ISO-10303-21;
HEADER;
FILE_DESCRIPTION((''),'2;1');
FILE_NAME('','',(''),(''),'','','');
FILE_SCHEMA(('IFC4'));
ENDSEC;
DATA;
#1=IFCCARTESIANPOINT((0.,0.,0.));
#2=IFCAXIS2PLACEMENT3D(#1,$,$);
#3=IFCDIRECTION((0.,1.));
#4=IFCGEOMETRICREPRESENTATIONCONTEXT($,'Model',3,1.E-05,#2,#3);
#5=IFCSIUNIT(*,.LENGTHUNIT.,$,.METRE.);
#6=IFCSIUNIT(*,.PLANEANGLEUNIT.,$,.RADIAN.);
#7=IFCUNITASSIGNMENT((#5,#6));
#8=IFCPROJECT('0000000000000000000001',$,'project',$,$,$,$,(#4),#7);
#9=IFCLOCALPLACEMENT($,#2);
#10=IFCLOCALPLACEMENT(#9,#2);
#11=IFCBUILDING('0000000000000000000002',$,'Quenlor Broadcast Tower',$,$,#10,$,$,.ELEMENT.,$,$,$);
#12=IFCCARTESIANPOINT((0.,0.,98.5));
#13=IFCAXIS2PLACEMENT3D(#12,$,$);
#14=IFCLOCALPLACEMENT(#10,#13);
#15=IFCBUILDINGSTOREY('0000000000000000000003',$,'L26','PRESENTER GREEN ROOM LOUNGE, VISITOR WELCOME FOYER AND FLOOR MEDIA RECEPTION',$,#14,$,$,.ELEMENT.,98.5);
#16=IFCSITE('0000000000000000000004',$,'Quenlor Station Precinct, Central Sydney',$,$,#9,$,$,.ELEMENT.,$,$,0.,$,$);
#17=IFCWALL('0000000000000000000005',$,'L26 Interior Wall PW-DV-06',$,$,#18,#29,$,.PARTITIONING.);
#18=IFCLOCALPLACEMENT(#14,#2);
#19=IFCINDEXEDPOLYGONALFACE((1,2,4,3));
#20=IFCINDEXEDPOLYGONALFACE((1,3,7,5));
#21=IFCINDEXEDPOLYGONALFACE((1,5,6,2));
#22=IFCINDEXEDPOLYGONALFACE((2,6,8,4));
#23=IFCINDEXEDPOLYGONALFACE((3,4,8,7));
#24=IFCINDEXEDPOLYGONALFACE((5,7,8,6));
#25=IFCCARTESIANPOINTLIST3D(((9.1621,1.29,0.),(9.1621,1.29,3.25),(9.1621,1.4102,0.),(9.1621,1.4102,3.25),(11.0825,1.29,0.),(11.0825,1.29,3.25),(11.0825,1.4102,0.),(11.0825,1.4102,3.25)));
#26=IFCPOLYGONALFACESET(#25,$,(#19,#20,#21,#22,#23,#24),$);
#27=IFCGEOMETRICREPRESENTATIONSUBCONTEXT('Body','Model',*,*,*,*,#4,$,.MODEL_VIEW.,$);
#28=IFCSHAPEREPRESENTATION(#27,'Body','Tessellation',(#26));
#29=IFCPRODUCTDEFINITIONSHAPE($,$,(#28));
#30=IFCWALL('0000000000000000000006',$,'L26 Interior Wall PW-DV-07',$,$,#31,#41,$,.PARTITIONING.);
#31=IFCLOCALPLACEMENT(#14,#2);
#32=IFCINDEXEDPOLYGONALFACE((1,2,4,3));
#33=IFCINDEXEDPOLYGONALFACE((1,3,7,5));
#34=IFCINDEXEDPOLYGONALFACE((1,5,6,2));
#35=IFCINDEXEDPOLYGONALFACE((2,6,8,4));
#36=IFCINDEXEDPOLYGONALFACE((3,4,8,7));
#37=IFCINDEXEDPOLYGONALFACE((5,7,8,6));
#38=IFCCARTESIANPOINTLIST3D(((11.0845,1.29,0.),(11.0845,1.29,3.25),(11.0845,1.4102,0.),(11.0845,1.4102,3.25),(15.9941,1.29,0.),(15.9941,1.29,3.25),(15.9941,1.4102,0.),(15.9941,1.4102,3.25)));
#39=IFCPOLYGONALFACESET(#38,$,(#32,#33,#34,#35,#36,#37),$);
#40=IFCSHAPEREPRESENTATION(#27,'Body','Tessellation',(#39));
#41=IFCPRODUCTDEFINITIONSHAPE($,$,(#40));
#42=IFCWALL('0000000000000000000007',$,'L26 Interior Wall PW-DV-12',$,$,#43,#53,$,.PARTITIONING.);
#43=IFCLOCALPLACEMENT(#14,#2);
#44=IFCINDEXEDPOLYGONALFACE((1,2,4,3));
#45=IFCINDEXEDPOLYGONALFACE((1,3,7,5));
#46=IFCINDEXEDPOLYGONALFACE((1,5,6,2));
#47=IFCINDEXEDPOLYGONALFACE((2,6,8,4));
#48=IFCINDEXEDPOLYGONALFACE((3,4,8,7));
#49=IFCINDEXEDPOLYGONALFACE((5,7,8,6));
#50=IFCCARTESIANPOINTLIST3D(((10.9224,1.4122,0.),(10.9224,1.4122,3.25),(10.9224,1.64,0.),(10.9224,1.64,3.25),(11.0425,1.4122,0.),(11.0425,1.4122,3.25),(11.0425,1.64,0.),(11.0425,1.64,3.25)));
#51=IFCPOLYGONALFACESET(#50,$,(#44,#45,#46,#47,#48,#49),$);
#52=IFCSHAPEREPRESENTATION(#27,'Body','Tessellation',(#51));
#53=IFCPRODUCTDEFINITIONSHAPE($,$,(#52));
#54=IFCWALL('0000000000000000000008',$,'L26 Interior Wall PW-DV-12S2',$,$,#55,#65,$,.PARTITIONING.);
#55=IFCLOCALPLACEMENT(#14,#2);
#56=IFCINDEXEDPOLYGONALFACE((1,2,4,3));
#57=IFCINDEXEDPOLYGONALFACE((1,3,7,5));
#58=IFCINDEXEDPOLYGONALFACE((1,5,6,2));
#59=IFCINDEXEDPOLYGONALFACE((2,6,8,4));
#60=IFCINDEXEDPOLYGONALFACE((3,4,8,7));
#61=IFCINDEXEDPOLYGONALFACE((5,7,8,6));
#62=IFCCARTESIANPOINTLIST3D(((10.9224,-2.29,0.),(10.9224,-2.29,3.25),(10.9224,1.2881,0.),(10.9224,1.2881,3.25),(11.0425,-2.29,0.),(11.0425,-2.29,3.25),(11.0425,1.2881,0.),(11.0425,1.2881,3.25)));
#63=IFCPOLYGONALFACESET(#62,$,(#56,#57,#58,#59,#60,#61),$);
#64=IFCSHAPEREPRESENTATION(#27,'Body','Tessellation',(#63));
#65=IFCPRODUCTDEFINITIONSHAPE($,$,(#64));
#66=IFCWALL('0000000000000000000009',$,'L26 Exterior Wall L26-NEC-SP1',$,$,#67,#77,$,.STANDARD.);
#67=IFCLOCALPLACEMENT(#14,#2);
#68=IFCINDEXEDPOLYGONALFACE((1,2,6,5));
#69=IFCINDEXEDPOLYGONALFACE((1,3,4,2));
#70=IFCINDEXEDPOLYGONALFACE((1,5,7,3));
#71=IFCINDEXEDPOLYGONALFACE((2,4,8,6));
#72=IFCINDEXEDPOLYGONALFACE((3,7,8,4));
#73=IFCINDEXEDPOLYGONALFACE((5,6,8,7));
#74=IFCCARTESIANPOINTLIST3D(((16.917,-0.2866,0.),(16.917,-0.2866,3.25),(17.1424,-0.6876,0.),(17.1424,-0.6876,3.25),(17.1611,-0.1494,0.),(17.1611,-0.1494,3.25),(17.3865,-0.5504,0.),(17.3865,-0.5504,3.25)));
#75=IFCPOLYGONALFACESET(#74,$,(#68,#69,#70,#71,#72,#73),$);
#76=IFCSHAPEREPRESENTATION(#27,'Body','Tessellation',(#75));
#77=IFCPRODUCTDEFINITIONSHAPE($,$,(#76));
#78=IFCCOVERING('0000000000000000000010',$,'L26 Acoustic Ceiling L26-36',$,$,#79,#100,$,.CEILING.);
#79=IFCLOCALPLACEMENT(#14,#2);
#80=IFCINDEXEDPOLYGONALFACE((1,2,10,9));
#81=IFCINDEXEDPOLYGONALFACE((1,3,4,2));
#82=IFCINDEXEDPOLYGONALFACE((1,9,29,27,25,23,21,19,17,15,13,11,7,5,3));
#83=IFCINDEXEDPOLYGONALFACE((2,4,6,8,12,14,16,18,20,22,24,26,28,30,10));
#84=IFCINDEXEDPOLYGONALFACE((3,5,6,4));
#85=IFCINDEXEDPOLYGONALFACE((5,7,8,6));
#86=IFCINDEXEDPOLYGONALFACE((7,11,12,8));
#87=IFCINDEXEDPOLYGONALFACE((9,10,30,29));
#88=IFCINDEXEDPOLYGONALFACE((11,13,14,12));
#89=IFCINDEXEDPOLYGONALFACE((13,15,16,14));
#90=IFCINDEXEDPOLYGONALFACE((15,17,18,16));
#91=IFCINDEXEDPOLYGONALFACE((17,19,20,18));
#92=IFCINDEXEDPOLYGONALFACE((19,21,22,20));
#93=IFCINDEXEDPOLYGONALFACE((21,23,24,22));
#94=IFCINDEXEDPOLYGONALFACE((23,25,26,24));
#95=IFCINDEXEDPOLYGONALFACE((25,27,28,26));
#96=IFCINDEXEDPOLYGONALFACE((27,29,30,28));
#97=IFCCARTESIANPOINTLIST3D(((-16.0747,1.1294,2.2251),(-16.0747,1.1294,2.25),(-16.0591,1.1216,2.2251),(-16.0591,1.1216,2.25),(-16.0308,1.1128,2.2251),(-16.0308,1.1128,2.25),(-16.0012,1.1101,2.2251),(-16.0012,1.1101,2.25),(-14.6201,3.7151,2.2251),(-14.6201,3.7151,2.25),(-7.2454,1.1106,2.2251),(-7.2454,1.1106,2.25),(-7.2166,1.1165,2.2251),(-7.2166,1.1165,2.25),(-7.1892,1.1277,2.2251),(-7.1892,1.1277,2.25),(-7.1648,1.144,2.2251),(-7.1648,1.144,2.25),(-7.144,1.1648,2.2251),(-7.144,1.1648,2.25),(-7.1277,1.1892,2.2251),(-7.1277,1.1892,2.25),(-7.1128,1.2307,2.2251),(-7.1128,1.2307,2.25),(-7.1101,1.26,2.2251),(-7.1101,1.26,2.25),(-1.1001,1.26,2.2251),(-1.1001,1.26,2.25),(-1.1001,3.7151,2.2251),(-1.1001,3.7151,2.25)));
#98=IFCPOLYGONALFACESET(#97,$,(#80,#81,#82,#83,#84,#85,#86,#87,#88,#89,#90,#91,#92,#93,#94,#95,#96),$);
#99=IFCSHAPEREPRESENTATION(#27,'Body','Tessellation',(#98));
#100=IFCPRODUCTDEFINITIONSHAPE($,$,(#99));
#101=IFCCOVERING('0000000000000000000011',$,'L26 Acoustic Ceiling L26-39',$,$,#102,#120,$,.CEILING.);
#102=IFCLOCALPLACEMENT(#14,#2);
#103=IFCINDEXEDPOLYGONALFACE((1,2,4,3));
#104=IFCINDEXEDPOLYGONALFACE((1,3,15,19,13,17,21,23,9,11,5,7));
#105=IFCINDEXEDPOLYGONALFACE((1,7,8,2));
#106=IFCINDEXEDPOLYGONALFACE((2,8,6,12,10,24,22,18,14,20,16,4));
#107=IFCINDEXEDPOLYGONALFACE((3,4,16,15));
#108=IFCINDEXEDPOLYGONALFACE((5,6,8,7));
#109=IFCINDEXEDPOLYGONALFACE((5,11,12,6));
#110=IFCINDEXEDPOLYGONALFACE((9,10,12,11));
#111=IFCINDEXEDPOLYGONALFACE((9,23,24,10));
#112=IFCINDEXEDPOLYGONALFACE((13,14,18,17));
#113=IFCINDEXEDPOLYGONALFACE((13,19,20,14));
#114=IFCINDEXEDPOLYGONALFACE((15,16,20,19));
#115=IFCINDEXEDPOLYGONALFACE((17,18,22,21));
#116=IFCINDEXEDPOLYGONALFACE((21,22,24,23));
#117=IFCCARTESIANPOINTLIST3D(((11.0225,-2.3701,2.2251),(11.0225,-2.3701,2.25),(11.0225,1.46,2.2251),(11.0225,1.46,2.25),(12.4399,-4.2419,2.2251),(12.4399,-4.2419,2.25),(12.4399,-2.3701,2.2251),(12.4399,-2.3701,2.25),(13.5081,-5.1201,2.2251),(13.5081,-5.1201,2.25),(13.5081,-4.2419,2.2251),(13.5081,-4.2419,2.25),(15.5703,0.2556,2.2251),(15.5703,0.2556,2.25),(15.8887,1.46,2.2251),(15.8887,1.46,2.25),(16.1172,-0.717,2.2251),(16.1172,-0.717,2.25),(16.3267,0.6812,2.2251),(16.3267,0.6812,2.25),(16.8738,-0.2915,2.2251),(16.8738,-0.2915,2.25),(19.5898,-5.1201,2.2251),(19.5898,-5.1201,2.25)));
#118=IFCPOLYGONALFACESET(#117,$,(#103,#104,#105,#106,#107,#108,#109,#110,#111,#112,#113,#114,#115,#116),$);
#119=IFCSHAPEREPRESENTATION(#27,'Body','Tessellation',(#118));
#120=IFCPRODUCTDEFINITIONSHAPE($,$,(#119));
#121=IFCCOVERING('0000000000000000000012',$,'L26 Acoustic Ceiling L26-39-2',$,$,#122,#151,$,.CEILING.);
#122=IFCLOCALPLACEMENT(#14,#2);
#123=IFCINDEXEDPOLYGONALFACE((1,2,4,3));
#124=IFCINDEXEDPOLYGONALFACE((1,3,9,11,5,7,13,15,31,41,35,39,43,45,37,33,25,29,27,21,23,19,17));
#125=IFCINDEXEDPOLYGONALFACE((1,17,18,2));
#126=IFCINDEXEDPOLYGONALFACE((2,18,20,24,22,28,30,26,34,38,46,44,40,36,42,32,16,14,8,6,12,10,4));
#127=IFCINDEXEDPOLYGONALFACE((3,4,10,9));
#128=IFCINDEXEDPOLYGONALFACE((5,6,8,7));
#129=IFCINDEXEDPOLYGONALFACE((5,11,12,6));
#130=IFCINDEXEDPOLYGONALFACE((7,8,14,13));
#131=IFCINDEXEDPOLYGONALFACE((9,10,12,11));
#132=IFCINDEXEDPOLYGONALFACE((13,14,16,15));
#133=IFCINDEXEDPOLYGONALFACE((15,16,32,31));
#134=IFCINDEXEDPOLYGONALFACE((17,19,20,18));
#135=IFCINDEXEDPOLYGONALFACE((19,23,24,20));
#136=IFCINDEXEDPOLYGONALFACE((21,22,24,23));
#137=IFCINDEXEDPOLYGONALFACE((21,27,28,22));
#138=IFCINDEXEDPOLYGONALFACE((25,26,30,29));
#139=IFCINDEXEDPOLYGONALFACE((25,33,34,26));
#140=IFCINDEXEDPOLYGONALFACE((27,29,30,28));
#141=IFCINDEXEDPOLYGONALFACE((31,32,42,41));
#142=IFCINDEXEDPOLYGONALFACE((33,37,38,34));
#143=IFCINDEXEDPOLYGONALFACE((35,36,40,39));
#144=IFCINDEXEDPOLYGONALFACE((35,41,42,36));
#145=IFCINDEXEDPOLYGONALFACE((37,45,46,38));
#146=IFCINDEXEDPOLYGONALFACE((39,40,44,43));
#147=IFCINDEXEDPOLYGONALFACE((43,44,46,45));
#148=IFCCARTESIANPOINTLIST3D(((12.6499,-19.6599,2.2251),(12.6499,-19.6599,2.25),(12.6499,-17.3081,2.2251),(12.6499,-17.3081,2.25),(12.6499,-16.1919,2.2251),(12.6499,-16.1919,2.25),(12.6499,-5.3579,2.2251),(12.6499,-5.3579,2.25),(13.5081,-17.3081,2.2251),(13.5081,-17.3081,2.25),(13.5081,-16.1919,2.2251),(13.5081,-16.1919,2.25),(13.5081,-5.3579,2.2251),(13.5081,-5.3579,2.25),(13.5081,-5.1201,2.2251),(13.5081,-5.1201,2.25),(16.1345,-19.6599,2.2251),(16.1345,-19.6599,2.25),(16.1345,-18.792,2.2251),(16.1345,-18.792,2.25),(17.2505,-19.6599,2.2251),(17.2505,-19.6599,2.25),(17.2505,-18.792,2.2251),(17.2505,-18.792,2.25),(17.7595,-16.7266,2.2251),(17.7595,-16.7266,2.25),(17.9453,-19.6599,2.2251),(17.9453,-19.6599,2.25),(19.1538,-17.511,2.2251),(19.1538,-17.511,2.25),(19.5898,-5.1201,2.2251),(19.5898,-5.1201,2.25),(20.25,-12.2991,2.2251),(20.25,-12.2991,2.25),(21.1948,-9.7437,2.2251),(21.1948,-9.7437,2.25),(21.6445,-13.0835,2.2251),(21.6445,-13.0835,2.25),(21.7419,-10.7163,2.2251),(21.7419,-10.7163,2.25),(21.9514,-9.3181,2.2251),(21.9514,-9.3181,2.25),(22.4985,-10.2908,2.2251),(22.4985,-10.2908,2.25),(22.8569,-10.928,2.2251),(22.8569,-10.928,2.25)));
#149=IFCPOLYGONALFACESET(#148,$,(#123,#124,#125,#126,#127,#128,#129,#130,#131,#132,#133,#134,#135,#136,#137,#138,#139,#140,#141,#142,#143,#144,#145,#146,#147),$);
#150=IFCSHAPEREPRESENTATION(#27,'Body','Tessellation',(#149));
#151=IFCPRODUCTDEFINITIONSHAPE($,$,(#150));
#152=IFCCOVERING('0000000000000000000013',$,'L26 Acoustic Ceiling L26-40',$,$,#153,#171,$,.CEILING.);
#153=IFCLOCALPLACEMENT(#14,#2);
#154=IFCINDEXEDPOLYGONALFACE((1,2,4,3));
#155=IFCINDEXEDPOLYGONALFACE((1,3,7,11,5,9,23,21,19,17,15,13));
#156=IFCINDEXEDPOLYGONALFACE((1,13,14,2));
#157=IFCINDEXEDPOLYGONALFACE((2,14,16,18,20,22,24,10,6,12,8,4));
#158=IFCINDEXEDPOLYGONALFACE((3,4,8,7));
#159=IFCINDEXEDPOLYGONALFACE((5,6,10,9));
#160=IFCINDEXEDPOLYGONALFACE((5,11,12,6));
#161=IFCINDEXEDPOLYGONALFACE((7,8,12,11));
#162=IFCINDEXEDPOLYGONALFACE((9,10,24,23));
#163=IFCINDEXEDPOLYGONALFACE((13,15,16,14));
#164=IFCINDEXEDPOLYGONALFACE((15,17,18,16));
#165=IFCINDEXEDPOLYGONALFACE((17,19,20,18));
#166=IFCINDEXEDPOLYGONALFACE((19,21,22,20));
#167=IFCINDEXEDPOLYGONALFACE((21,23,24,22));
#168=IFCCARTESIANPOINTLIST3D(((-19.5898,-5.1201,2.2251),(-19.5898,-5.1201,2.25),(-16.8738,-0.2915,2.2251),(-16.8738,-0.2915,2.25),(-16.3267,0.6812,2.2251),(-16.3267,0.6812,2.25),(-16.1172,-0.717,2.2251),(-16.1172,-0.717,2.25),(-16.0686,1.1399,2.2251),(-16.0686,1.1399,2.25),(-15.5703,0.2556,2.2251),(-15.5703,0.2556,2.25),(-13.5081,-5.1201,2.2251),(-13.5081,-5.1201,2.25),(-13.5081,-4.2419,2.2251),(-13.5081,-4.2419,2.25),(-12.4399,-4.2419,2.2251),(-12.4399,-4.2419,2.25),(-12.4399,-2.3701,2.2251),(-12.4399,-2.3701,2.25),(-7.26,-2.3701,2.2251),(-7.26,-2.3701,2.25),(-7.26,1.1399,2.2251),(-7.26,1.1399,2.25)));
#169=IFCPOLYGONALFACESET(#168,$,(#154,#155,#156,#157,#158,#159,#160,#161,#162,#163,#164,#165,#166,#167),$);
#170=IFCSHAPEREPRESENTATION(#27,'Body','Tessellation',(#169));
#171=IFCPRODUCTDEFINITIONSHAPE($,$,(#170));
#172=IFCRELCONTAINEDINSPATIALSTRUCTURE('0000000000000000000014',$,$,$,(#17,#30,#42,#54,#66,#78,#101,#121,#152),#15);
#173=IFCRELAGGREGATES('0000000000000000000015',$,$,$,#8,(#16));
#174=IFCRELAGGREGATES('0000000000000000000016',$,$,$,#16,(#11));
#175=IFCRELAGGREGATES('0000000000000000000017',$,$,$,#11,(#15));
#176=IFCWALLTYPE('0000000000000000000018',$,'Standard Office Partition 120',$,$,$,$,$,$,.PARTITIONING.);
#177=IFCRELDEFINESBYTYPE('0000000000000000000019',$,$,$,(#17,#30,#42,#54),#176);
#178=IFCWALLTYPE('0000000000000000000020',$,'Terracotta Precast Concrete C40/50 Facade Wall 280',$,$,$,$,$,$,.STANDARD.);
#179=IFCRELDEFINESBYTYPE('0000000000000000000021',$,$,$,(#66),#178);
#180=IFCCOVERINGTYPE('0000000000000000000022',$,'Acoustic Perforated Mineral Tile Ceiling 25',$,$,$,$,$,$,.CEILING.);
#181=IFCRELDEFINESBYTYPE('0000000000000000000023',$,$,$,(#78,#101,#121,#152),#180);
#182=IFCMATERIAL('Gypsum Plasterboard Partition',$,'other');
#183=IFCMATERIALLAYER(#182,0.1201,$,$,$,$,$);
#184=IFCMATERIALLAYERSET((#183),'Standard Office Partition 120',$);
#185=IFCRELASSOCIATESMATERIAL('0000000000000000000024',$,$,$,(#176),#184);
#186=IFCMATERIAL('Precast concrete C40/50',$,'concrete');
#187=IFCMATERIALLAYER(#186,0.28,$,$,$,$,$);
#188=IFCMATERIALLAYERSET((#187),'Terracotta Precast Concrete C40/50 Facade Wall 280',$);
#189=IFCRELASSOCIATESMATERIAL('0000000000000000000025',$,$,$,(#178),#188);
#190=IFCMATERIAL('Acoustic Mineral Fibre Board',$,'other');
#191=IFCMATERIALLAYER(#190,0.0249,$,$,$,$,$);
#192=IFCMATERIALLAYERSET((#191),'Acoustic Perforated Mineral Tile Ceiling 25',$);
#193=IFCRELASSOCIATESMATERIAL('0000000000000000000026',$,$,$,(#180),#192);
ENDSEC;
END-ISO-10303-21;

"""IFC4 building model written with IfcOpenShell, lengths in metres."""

from ifc_helpers import new_model, si_unit, direction, frame, frame_2d, origin, place, context, subcontext, project, spatial, polyline, rectangle, outline, extrude, material, layer, layer_set, type_object, element, save


model = new_model("IFC4")

# Units and contexts
model_context = context("Model", 3, precision=1e-05, world=origin(), true_north=direction((0.0, 1.0)))
body_context = subcontext(model_context, "Body", "Model", "MODEL_VIEW")
ifc_project = project(units=[si_unit("LENGTHUNIT", "METRE"), si_unit("PLANEANGLEUNIT", "RADIAN")], contexts=[model_context])

# Site, building, storey
site_placement = place(None, origin())
site = spatial("IfcSite", under=ifc_project, at=site_placement, Name="Quenlor Station Precinct, Central Sydney", CompositionType="ELEMENT", RefElevation=0.0)
building_placement = place(site_placement, origin())
building = spatial("IfcBuilding", under=site, at=building_placement, Name="Quenlor Broadcast Tower", CompositionType="ELEMENT")
storey_placement = place(building_placement, frame((0.0, 0.0, 98.5)))
storey = spatial("IfcBuildingStorey", under=building, at=storey_placement, Name="L26", Description="PRESENTER GREEN ROOM LOUNGE, VISITOR WELCOME FOYER AND FLOOR MEDIA RECEPTION", CompositionType="ELEMENT", Elevation=98.5)

# Walls
ifc_material_1 = material(Name="Gypsum Plasterboard Partition", Category="other")
ifc_layer_1 = layer(ifc_material_1, 0.1201)
ifc_layer_set_1 = layer_set([ifc_layer_1], Name="Standard Office Partition 120")
wall_type_1 = type_object("IfcWallType", Name="Standard Office Partition 120", PredefinedType="PARTITIONING", material=ifc_layer_set_1)
wall_1_placement = place(storey_placement, frame((11.0825, 1.3501, 0.0), z_axis=(0.0, 0.0, 1.0), x_axis=(-1.0, 0.0, 0.0)))
element("IfcWall", 1, at=wall_1_placement, inside=storey, type_object=wall_type_1, Name="L26 Interior Wall PW-DV-06", PredefinedType="PARTITIONING", context=body_context, shape_type="SweptSolid", body=[
    extrude(rectangle(XDim=1.9204, YDim=0.1201, at=frame_2d((0.9602, 0.0))), origin(), (0.0, 0.0, 1.0), 3.25),
])
wall_2_placement = place(storey_placement, frame((15.9941, 1.3501, 0.0), z_axis=(0.0, 0.0, 1.0), x_axis=(-1.0, 0.0, 0.0)))
element("IfcWall", 2, at=wall_2_placement, inside=storey, type_object=wall_type_1, Name="L26 Interior Wall PW-DV-07", PredefinedType="PARTITIONING", context=body_context, shape_type="SweptSolid", body=[
    extrude(rectangle(XDim=4.9097, YDim=0.1201, at=frame_2d((2.4548, 0.0))), origin(), (0.0, 0.0, 1.0), 3.25),
])
wall_3_placement = place(storey_placement, frame((10.9824, 1.6399, 0.0), z_axis=(0.0, 0.0, 1.0), x_axis=(0.0, -1.0, 0.0)))
element("IfcWall", 3, at=wall_3_placement, inside=storey, type_object=wall_type_1, Name="L26 Interior Wall PW-DV-12", PredefinedType="PARTITIONING", context=body_context, shape_type="SweptSolid", body=[
    extrude(rectangle(XDim=0.2278, YDim=0.1201, at=frame_2d((0.1138, 0.0))), origin(), (0.0, 0.0, 1.0), 3.25),
])
wall_4_placement = place(storey_placement, frame((10.9824, 1.2881, 0.0), z_axis=(0.0, 0.0, 1.0), x_axis=(0.0, -1.0, 0.0)))
element("IfcWall", 4, at=wall_4_placement, inside=storey, type_object=wall_type_1, Name="L26 Interior Wall PW-DV-12S2", PredefinedType="PARTITIONING", context=body_context, shape_type="SweptSolid", body=[
    extrude(rectangle(XDim=3.5781, YDim=0.1201, at=frame_2d((1.7891, 0.0))), origin(), (0.0, 0.0, 1.0), 3.25),
])
ifc_material_2 = material(Name="Precast concrete C40/50", Category="concrete")
ifc_layer_2 = layer(ifc_material_2, 0.28)
ifc_layer_set_2 = layer_set([ifc_layer_2], Name="Terracotta Precast Concrete C40/50 Facade Wall 280")
wall_type_2 = type_object("IfcWallType", Name="Terracotta Precast Concrete C40/50 Facade Wall 280", PredefinedType="STANDARD", material=ifc_layer_set_2)
wall_5_placement = place(storey_placement, frame((17.0391, -0.218, 0.0), z_axis=(0.0, 0.0, 1.0), x_axis=(0.490009, -0.871717, 0.0)))
element("IfcWall", 5, at=wall_5_placement, inside=storey, type_object=wall_type_2, Name="L26 Exterior Wall L26-NEC-SP1", PredefinedType="STANDARD", context=body_context, shape_type="SweptSolid", body=[
    extrude(rectangle(XDim=0.46, YDim=0.28, at=frame_2d((0.23, 0.0))), origin(), (0.0, 0.0, 1.0), 3.25),
])

# Coverings
ifc_material_3 = material(Name="Acoustic Mineral Fibre Board", Category="other")
ifc_layer_3 = layer(ifc_material_3, 0.0249)
ifc_layer_set_3 = layer_set([ifc_layer_3], Name="Acoustic Perforated Mineral Tile Ceiling 25")
covering_type = type_object("IfcCoveringType", Name="Acoustic Perforated Mineral Tile Ceiling 25", PredefinedType="CEILING", material=ifc_layer_set_3)
covering_1_placement = place(storey_placement, frame((0.0, 0.0, 2.2251)))
element("IfcCovering", 6, at=covering_1_placement, inside=storey, type_object=covering_type, Name="L26 Acoustic Ceiling L26-36", PredefinedType="CEILING", context=body_context, shape_type="SweptSolid", body=[
    extrude(outline(polyline([(-7.1648, 1.144), (-7.1892, 1.1277), (-7.2166, 1.1165), (-7.2454, 1.1106), (-16.0012, 1.1101), (-16.0308, 1.1128), (-16.0591, 1.1216), (-16.0747, 1.1294), (-14.6201, 3.7151), (-1.1001, 3.7151), (-1.1001, 1.26), (-7.1101, 1.26), (-7.1128, 1.2307), (-7.1277, 1.1892), (-7.144, 1.1648), (-7.1648, 1.144)])), origin(), (0.0, 0.0, 1.0), 0.0249),
])
covering_2_placement = place(storey_placement, frame((0.0, 0.0, 2.2251)))
element("IfcCovering", 7, at=covering_2_placement, inside=storey, type_object=covering_type, Name="L26 Acoustic Ceiling L26-39", PredefinedType="CEILING", context=body_context, shape_type="SweptSolid", body=[
    extrude(outline(polyline([(11.0225, 1.46), (15.8887, 1.46), (16.3267, 0.6812), (15.5703, 0.2556), (16.1172, -0.717), (16.8738, -0.2915), (19.5898, -5.1201), (13.5081, -5.1201), (13.5081, -4.2419), (12.4399, -4.2419), (12.4399, -2.3701), (11.0225, -2.3701), (11.0225, 1.46)])), origin(), (0.0, 0.0, 1.0), 0.0249),
])
covering_3_placement = place(storey_placement, frame((0.0, 0.0, 2.2251)))
element("IfcCovering", 8, at=covering_3_placement, inside=storey, type_object=covering_type, Name="L26 Acoustic Ceiling L26-39-2", PredefinedType="CEILING", context=body_context, shape_type="SweptSolid", body=[
    extrude(outline(polyline([(21.9514, -9.3181), (21.1948, -9.7437), (21.7419, -10.7163), (22.4985, -10.2908), (22.8569, -10.928), (21.6445, -13.0835), (20.25, -12.2991), (17.7595, -16.7266), (19.1538, -17.511), (17.9453, -19.6599), (17.2505, -19.6599), (17.2505, -18.792), (16.1345, -18.792), (16.1345, -19.6599), (12.6499, -19.6599), (12.6499, -17.3081), (13.5081, -17.3081), (13.5081, -16.1919), (12.6499, -16.1919), (12.6499, -5.3579), (13.5081, -5.3579), (13.5081, -5.1201), (19.5898, -5.1201), (21.9514, -9.3181)])), origin(), (0.0, 0.0, 1.0), 0.0249),
])
covering_4_placement = place(storey_placement, frame((0.0, 0.0, 2.2251)))
element("IfcCovering", 9, at=covering_4_placement, inside=storey, type_object=covering_type, Name="L26 Acoustic Ceiling L26-40", PredefinedType="CEILING", context=body_context, shape_type="SweptSolid", body=[
    extrude(outline(polyline([(-16.8738, -0.2915), (-16.1172, -0.717), (-15.5703, 0.2556), (-16.3267, 0.6812), (-16.0686, 1.1399), (-7.26, 1.1399), (-7.26, -2.3701), (-12.4399, -2.3701), (-12.4399, -4.2419), (-13.5081, -4.2419), (-13.5081, -5.1201), (-19.5898, -5.1201), (-16.8738, -0.2915)])), origin(), (0.0, 0.0, 1.0), 0.0249),
])

save(model, "model.ifc")
